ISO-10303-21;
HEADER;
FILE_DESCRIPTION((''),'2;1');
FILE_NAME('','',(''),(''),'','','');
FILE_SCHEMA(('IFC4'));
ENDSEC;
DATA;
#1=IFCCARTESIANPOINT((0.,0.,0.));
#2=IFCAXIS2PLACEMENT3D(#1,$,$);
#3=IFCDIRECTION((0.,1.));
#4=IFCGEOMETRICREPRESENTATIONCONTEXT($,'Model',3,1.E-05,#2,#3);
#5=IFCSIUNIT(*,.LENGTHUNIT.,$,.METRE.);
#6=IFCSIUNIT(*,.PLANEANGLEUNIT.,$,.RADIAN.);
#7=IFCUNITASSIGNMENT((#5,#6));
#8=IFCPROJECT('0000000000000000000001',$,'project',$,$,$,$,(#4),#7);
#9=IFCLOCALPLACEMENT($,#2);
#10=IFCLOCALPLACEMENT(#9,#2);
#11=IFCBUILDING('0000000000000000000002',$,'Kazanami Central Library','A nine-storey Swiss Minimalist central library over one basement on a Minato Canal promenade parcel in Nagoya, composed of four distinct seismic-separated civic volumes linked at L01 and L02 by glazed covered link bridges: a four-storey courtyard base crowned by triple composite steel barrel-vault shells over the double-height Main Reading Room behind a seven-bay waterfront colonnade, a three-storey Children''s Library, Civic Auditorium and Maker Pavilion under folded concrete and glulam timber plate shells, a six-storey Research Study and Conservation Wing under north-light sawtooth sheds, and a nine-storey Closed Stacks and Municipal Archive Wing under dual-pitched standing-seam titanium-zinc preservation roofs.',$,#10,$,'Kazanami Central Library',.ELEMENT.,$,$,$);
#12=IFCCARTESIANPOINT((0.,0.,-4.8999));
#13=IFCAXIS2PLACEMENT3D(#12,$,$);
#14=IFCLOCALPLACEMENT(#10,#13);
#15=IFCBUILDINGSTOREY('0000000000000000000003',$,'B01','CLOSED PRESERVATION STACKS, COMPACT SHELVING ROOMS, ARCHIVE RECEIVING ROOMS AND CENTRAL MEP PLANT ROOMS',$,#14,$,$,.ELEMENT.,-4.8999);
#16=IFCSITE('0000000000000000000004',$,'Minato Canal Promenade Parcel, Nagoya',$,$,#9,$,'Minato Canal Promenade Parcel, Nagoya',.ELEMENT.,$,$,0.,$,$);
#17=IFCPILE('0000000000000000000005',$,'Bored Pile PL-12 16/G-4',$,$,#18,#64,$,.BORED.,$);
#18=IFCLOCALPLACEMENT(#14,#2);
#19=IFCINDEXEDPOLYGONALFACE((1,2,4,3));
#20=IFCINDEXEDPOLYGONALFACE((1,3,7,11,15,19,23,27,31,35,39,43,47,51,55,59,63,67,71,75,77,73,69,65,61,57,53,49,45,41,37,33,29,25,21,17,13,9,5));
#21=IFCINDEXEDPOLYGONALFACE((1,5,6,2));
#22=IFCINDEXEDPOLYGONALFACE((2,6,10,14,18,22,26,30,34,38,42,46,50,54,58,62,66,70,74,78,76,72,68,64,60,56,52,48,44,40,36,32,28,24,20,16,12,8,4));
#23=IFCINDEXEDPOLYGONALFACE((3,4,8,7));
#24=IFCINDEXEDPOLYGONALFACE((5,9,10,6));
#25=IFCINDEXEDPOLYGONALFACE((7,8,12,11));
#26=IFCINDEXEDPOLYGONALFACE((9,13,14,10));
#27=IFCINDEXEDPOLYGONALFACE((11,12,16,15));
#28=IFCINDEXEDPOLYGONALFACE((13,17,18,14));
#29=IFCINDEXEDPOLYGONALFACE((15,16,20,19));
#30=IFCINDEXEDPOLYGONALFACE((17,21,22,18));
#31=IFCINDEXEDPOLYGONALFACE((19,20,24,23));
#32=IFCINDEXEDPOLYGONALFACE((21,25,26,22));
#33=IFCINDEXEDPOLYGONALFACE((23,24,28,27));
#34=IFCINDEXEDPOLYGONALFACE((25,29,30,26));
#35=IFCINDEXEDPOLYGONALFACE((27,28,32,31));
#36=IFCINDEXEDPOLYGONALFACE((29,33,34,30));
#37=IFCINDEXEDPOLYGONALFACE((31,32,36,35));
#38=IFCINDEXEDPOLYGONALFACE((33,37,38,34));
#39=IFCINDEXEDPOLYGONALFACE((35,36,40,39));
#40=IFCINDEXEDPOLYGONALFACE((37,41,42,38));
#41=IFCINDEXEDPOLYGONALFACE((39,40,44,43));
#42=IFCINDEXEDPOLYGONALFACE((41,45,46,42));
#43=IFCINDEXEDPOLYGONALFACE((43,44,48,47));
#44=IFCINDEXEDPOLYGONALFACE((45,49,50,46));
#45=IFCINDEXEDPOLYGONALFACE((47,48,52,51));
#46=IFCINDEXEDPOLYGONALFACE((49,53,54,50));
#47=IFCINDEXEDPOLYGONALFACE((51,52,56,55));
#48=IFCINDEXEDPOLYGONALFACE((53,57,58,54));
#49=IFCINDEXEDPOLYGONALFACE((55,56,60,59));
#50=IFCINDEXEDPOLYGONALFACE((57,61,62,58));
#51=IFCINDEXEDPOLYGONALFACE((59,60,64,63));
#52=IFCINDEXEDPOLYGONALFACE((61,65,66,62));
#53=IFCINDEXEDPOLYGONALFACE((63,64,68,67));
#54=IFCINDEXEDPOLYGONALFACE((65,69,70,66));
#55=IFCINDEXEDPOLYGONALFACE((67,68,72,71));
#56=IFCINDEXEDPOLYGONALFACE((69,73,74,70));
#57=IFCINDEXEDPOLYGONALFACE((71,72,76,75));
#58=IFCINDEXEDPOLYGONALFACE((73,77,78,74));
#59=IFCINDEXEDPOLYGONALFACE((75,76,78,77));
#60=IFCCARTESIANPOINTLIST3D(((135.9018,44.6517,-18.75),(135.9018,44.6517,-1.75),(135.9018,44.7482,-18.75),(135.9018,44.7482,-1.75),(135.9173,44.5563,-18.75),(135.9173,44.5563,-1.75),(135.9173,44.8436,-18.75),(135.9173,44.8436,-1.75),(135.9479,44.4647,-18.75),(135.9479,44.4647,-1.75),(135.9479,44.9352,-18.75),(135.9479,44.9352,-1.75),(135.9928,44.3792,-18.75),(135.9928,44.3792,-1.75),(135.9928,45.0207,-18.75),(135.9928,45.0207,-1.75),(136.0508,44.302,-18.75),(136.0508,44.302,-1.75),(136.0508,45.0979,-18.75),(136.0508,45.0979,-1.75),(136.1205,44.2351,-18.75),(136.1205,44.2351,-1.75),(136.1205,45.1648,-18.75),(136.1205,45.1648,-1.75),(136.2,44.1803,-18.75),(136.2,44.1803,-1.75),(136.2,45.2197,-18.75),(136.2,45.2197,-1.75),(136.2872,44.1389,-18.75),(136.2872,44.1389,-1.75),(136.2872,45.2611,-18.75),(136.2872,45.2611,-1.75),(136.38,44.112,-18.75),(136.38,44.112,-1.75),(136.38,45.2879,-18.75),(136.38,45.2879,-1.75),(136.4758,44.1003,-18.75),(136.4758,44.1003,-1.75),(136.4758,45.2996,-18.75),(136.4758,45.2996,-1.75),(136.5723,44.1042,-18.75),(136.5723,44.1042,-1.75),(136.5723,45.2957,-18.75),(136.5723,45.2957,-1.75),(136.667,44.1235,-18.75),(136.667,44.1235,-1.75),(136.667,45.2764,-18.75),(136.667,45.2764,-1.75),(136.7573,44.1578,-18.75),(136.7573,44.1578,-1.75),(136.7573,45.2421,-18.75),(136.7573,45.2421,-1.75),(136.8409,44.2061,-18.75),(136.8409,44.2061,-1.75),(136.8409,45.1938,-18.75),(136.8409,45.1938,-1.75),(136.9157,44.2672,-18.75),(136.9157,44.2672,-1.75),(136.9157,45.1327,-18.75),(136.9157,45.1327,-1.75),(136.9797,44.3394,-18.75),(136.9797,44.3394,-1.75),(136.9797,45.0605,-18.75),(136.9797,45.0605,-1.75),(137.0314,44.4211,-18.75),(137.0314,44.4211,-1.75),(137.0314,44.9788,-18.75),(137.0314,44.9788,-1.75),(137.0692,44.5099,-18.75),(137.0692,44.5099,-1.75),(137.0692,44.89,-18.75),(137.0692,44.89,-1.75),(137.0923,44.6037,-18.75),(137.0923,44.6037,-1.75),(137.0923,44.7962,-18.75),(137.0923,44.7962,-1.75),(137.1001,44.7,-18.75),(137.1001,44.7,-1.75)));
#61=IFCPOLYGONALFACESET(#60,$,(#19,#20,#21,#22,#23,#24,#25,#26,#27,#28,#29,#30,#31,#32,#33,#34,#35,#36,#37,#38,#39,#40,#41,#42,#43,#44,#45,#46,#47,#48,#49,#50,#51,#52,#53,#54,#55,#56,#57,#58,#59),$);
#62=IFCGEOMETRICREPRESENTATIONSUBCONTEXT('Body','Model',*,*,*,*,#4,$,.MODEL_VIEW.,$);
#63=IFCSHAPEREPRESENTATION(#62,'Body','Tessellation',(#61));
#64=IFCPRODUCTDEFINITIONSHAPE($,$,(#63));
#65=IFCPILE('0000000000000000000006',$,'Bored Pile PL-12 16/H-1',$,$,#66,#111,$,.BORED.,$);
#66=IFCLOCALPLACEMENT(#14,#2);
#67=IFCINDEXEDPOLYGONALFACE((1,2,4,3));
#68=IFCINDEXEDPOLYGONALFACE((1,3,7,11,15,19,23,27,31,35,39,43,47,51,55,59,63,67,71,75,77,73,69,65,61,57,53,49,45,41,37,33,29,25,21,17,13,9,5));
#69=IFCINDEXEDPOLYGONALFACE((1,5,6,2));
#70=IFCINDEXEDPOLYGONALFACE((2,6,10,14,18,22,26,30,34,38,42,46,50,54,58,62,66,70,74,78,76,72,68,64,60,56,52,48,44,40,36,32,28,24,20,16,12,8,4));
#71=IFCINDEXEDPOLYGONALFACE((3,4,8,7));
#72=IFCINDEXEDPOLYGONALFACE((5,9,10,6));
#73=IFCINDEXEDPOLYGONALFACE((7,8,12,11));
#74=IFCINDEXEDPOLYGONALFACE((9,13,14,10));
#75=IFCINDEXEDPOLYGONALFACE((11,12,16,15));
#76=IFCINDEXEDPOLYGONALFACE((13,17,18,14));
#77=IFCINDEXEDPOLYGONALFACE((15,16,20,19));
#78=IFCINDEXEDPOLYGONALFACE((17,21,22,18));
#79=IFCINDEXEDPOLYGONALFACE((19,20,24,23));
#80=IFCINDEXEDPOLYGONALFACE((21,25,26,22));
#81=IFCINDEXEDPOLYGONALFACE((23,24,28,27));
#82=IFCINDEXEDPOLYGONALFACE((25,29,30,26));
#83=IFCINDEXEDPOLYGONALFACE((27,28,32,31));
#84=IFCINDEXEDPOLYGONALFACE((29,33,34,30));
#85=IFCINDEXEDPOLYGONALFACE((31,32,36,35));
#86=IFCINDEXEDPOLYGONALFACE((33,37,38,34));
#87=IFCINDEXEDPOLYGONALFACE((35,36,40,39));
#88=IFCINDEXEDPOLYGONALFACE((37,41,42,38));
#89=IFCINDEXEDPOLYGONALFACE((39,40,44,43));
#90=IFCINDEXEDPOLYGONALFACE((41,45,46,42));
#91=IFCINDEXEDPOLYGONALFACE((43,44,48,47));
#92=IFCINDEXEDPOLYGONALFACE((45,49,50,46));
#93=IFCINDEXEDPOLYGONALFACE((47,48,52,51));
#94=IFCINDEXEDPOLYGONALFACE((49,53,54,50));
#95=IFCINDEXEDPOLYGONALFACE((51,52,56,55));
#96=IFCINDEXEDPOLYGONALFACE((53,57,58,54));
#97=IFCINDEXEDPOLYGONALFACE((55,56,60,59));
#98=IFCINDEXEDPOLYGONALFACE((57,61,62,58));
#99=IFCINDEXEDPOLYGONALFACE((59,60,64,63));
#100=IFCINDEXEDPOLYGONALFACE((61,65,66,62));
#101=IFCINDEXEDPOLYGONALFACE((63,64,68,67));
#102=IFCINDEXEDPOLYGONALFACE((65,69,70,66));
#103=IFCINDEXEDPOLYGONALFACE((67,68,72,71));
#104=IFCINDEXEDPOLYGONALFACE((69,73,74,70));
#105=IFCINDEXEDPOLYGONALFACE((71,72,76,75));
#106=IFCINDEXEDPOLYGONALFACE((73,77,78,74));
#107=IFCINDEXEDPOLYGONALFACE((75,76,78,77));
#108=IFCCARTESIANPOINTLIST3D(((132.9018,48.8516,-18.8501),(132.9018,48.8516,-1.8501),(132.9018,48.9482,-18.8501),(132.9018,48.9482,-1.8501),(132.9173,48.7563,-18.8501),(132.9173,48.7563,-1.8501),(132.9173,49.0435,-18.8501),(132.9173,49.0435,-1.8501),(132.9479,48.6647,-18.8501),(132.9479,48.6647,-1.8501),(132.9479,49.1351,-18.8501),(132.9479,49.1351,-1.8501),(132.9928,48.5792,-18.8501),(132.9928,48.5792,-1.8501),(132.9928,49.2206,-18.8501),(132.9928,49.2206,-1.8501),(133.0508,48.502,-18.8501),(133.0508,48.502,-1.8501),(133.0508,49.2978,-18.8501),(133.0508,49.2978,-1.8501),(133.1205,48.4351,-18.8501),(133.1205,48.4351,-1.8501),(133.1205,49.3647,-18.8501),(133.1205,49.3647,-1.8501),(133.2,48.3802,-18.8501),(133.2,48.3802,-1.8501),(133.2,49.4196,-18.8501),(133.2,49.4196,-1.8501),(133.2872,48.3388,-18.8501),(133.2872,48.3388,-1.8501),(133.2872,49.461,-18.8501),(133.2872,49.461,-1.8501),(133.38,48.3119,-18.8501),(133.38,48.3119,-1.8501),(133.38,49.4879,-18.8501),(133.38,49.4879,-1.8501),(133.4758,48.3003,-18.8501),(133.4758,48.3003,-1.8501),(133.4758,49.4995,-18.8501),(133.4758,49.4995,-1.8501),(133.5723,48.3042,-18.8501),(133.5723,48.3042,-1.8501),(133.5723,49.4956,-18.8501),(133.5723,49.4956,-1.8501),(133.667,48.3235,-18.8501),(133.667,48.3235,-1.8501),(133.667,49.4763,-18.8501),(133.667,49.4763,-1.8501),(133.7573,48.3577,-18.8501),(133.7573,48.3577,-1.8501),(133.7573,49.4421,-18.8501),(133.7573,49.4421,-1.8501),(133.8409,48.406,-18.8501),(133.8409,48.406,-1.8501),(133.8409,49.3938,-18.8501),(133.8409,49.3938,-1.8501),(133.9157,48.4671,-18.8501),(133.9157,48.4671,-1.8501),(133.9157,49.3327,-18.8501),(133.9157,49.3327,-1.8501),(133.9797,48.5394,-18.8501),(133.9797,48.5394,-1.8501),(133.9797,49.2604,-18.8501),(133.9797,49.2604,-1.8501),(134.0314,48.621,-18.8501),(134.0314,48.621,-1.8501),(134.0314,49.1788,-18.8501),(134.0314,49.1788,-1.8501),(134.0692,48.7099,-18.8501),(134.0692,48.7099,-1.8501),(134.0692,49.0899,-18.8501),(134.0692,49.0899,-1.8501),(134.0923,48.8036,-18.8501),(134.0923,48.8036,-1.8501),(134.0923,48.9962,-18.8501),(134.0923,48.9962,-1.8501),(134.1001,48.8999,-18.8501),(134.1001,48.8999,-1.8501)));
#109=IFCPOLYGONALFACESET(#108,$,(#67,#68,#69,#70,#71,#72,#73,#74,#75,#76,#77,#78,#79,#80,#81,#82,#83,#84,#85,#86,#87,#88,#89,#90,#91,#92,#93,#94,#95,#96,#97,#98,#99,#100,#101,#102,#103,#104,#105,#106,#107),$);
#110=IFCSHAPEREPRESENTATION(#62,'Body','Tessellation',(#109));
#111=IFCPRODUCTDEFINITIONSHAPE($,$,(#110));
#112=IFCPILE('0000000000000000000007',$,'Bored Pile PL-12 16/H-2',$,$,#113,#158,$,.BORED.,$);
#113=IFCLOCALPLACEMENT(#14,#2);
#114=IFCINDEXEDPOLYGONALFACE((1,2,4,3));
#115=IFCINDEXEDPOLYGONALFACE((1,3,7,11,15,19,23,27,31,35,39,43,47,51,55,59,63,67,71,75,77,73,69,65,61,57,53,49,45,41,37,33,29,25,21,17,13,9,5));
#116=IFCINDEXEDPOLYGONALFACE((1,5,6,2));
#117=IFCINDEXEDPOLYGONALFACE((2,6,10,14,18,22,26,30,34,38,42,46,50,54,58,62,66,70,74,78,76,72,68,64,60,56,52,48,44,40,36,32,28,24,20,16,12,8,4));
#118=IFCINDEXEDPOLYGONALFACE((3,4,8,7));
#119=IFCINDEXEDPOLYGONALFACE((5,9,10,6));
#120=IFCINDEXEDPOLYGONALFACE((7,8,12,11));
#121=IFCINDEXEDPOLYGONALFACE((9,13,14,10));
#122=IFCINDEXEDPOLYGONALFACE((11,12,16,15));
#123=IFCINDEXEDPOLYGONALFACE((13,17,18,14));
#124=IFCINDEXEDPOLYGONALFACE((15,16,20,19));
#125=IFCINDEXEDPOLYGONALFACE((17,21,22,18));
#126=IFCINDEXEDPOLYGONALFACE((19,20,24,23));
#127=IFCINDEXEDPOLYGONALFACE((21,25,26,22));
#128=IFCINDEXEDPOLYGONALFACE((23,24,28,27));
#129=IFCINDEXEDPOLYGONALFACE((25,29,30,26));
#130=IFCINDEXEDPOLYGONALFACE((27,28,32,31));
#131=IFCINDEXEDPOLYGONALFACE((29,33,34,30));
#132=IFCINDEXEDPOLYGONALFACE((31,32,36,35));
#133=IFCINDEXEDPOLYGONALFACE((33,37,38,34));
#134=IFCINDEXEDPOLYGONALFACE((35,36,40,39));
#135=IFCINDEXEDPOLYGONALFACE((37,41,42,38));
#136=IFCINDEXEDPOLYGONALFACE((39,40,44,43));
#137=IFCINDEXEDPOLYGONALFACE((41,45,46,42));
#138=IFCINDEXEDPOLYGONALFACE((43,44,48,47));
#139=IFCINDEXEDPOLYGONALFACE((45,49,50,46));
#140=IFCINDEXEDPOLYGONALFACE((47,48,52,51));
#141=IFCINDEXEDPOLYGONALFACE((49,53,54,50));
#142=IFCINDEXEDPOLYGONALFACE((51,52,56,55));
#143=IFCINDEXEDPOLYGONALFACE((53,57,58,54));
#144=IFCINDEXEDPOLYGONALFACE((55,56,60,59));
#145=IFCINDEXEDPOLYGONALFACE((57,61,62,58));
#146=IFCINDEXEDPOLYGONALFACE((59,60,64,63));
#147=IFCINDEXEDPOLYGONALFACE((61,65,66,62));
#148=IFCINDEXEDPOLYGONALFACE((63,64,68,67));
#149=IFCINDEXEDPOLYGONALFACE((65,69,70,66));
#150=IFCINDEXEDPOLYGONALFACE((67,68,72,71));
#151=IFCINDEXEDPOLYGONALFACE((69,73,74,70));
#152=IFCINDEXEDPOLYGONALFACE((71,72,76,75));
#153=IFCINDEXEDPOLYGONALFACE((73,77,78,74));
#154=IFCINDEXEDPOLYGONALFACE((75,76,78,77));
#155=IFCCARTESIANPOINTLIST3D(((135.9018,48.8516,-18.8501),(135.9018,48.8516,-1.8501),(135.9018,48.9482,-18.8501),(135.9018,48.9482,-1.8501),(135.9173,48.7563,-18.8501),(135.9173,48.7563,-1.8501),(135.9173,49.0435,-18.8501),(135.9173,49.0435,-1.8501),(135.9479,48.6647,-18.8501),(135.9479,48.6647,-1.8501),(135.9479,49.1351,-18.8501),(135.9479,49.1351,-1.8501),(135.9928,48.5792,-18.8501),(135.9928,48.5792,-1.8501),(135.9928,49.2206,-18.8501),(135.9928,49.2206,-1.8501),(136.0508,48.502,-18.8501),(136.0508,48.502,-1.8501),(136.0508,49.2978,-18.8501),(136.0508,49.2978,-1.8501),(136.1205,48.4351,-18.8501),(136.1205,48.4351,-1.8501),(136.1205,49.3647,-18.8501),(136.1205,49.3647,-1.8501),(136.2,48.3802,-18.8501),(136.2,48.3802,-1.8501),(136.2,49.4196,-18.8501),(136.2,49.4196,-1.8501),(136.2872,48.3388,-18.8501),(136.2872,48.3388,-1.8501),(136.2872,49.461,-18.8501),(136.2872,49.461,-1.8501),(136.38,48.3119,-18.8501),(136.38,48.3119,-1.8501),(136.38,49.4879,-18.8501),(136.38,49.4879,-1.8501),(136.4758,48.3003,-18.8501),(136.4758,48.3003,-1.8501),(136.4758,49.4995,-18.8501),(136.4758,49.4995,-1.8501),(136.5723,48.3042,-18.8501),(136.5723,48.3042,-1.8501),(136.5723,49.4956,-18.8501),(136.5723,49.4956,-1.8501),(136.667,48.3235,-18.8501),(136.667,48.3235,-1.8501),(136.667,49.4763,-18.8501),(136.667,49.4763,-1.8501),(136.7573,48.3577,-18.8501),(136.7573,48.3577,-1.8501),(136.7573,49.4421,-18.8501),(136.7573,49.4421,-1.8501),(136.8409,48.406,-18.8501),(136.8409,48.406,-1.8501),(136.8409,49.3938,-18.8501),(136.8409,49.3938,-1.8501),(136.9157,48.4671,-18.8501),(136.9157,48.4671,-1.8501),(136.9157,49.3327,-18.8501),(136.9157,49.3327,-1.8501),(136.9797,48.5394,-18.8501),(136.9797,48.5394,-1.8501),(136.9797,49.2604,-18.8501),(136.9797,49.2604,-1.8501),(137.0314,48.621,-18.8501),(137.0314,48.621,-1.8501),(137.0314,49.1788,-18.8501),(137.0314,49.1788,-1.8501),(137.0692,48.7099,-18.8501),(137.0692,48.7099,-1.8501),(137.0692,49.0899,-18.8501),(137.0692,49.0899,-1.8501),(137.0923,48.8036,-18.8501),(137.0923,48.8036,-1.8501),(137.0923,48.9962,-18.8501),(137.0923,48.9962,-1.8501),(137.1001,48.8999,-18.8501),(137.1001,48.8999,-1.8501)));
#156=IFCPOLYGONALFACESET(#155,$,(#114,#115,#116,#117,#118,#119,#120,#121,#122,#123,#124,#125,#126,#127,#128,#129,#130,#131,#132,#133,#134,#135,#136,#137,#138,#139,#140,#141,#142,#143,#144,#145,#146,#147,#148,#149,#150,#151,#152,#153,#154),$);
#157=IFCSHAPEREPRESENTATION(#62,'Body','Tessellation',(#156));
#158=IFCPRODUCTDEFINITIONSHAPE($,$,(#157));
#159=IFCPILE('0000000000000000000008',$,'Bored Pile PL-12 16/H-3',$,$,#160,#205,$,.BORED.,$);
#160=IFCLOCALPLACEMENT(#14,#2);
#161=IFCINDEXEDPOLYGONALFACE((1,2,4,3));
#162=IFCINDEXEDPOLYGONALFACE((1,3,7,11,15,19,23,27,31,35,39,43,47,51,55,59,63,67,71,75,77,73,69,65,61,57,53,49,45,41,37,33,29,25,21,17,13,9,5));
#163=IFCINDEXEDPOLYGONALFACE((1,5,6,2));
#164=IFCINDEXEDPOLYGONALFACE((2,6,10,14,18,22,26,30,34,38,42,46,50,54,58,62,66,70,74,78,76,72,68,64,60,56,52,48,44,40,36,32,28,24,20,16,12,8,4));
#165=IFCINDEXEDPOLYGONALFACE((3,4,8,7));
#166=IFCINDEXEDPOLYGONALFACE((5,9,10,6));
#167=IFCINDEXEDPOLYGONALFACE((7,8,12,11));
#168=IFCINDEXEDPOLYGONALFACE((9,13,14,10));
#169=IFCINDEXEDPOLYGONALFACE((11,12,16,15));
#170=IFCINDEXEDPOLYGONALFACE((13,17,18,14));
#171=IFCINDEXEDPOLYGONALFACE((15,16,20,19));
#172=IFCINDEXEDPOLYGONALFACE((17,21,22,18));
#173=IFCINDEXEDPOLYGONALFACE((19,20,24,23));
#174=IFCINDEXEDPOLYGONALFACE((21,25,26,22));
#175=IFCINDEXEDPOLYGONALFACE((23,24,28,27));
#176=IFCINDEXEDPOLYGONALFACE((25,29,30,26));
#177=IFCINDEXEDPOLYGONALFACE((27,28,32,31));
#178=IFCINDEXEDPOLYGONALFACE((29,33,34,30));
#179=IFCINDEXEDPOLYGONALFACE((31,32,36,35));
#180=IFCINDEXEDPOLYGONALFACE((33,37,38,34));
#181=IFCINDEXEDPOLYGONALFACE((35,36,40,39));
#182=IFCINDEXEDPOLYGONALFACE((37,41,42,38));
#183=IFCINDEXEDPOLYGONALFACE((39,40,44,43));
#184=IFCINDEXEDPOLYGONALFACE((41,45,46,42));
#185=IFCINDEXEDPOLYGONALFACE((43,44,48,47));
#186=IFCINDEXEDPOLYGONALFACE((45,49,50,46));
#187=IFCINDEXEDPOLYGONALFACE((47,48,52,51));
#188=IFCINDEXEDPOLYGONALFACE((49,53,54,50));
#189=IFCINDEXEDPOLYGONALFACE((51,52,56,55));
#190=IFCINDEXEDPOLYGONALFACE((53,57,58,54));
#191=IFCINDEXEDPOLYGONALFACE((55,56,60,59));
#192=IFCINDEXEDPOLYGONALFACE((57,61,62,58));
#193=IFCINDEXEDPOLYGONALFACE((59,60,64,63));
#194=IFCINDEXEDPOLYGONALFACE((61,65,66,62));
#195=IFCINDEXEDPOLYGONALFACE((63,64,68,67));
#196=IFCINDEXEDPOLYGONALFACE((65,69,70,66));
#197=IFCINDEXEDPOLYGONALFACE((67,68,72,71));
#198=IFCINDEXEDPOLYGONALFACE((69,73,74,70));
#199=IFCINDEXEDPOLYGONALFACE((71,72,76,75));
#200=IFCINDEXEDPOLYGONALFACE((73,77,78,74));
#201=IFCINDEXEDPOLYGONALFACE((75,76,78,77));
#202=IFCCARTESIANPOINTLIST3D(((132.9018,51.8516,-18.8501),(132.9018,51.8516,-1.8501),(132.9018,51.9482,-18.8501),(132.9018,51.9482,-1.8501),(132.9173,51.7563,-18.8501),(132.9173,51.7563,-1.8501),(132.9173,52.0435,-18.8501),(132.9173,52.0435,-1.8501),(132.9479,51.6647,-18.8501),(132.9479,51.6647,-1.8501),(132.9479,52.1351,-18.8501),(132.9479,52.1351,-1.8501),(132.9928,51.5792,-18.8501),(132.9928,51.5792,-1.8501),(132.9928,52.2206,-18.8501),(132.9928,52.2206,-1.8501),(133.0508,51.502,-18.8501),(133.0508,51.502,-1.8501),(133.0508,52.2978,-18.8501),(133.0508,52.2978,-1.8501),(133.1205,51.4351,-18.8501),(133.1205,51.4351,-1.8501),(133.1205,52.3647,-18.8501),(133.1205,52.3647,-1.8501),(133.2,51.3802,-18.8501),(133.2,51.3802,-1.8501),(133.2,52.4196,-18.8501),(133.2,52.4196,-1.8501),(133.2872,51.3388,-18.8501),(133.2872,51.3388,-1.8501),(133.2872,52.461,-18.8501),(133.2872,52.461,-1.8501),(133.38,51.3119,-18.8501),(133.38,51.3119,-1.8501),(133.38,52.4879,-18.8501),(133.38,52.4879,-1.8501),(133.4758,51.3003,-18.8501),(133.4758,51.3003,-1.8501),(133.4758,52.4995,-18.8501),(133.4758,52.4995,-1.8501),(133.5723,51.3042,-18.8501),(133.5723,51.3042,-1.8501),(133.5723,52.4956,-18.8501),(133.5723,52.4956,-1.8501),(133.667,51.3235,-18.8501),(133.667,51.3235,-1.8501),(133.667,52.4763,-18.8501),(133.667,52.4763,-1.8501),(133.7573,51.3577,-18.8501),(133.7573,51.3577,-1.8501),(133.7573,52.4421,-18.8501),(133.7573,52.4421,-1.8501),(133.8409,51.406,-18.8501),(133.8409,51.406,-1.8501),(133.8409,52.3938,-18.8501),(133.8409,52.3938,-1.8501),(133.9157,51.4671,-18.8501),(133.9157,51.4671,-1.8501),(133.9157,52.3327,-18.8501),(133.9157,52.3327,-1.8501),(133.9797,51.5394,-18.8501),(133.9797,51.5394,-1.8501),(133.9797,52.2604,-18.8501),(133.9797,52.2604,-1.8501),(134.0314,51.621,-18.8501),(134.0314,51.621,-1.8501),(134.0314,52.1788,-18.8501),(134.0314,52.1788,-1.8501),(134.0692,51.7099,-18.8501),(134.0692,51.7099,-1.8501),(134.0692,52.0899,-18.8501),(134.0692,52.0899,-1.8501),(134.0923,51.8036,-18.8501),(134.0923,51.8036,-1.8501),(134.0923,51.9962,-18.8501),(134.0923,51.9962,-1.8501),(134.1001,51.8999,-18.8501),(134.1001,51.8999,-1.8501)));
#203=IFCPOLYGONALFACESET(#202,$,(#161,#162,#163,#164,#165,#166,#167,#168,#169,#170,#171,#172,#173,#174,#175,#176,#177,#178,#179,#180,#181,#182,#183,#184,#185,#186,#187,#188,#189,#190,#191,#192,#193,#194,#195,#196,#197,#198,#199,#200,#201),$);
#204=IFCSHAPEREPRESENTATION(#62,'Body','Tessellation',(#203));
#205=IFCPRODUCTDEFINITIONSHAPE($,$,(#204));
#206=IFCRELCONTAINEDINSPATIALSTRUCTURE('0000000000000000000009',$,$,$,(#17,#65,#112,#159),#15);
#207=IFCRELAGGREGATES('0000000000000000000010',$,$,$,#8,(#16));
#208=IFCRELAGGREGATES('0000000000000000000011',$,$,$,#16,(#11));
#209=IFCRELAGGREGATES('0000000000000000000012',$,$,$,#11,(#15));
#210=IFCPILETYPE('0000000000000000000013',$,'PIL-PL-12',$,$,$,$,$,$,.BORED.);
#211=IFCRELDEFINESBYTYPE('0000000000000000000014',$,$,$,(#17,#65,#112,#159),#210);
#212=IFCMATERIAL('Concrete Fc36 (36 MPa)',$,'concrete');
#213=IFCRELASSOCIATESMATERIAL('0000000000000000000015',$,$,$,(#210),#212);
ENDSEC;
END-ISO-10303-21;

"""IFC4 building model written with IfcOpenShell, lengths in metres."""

from ifc_helpers import new_model, si_unit, direction, frame, origin, origin_2d, place, context, subcontext, project, spatial, circle, extrude, material, material_profile, profile_set, type_object, element, save


model = new_model("IFC4")

# Units and contexts
model_context = context("Model", 3, precision=1e-05, world=origin(), true_north=direction((0.0, 1.0)))
body_context = subcontext(model_context, "Body", "Model", "MODEL_VIEW")
ifc_project = project(units=[si_unit("LENGTHUNIT", "METRE"), si_unit("PLANEANGLEUNIT", "RADIAN")], contexts=[model_context])

# Site, building, storey
site_placement = place(None, origin())
site = spatial("IfcSite", under=ifc_project, at=site_placement, Name="Minato Canal Promenade Parcel, Nagoya", LongName="Minato Canal Promenade Parcel, Nagoya", CompositionType="ELEMENT", RefElevation=0.0)
building_placement = place(site_placement, origin())
building = spatial("IfcBuilding", under=site, at=building_placement, Name="Kazanami Central Library", Description="A nine-storey Swiss Minimalist central library over one basement on a Minato Canal promenade parcel in Nagoya, composed of four distinct seismic-separated civic volumes linked at L01 and L02 by glazed covered link bridges: a four-storey courtyard base crowned by triple composite steel barrel-vault shells over the double-height Main Reading Room behind a seven-bay waterfront colonnade, a three-storey Children's Library, Civic Auditorium and Maker Pavilion under folded concrete and glulam timber plate shells, a six-storey Research Study and Conservation Wing under north-light sawtooth sheds, and a nine-storey Closed Stacks and Municipal Archive Wing under dual-pitched standing-seam titanium-zinc preservation roofs.", LongName="Kazanami Central Library", CompositionType="ELEMENT")
storey_placement = place(building_placement, frame((0.0, 0.0, -4.8999)))
storey = spatial("IfcBuildingStorey", under=building, at=storey_placement, Name="B01", Description="CLOSED PRESERVATION STACKS, COMPACT SHELVING ROOMS, ARCHIVE RECEIVING ROOMS AND CENTRAL MEP PLANT ROOMS", CompositionType="ELEMENT", Elevation=-4.8999)

# Shared definitions
ifc_material_1 = material(Name="Concrete Fc36 (36 MPa)", Category="concrete")

# Piles
ifc_material_profile_1 = material_profile(ifc_material_1, circle(Radius=0.6001, at=origin_2d()), Name="BORED-D1200")
ifc_profile_set_1 = profile_set([ifc_material_profile_1], Name="Concrete Fc36 (36 MPa)")
pile_type = type_object("IfcPileType", Name="PIL-PL-12", PredefinedType="BORED", material=ifc_profile_set_1)
for number, where, z_axis, x_axis, name in (
    (1, (136.5, 44.7, -1.75), (0.0, 0.0, -1.0), (1.0, 0.0, 0.0), "Bored Pile PL-12 16/G-4"),
    (2, (133.5, 48.8999, -1.8501), (0.0, 0.0, -1.0), (1.0, 0.0, 0.0), "Bored Pile PL-12 16/H-1"),
    (3, (136.5, 48.8999, -1.8501), (0.0, 0.0, -1.0), (1.0, 0.0, 0.0), "Bored Pile PL-12 16/H-2"),
    (4, (133.5, 51.8999, -1.8501), (0.0, 0.0, -1.0), (1.0, 0.0, 0.0), "Bored Pile PL-12 16/H-3"),
):
    element("IfcPile", number, at=place(storey_placement, frame(where, z_axis=z_axis, x_axis=x_axis)), inside=storey, type_object=pile_type, Name=name, PredefinedType="BORED", context=body_context, shape_type="SweptSolid", body=[
        extrude(circle(Radius=0.6001, at=origin_2d()), origin(), (0.0, 0.0, 1.0), 17.0),
    ])

save(model, "model.ifc")
